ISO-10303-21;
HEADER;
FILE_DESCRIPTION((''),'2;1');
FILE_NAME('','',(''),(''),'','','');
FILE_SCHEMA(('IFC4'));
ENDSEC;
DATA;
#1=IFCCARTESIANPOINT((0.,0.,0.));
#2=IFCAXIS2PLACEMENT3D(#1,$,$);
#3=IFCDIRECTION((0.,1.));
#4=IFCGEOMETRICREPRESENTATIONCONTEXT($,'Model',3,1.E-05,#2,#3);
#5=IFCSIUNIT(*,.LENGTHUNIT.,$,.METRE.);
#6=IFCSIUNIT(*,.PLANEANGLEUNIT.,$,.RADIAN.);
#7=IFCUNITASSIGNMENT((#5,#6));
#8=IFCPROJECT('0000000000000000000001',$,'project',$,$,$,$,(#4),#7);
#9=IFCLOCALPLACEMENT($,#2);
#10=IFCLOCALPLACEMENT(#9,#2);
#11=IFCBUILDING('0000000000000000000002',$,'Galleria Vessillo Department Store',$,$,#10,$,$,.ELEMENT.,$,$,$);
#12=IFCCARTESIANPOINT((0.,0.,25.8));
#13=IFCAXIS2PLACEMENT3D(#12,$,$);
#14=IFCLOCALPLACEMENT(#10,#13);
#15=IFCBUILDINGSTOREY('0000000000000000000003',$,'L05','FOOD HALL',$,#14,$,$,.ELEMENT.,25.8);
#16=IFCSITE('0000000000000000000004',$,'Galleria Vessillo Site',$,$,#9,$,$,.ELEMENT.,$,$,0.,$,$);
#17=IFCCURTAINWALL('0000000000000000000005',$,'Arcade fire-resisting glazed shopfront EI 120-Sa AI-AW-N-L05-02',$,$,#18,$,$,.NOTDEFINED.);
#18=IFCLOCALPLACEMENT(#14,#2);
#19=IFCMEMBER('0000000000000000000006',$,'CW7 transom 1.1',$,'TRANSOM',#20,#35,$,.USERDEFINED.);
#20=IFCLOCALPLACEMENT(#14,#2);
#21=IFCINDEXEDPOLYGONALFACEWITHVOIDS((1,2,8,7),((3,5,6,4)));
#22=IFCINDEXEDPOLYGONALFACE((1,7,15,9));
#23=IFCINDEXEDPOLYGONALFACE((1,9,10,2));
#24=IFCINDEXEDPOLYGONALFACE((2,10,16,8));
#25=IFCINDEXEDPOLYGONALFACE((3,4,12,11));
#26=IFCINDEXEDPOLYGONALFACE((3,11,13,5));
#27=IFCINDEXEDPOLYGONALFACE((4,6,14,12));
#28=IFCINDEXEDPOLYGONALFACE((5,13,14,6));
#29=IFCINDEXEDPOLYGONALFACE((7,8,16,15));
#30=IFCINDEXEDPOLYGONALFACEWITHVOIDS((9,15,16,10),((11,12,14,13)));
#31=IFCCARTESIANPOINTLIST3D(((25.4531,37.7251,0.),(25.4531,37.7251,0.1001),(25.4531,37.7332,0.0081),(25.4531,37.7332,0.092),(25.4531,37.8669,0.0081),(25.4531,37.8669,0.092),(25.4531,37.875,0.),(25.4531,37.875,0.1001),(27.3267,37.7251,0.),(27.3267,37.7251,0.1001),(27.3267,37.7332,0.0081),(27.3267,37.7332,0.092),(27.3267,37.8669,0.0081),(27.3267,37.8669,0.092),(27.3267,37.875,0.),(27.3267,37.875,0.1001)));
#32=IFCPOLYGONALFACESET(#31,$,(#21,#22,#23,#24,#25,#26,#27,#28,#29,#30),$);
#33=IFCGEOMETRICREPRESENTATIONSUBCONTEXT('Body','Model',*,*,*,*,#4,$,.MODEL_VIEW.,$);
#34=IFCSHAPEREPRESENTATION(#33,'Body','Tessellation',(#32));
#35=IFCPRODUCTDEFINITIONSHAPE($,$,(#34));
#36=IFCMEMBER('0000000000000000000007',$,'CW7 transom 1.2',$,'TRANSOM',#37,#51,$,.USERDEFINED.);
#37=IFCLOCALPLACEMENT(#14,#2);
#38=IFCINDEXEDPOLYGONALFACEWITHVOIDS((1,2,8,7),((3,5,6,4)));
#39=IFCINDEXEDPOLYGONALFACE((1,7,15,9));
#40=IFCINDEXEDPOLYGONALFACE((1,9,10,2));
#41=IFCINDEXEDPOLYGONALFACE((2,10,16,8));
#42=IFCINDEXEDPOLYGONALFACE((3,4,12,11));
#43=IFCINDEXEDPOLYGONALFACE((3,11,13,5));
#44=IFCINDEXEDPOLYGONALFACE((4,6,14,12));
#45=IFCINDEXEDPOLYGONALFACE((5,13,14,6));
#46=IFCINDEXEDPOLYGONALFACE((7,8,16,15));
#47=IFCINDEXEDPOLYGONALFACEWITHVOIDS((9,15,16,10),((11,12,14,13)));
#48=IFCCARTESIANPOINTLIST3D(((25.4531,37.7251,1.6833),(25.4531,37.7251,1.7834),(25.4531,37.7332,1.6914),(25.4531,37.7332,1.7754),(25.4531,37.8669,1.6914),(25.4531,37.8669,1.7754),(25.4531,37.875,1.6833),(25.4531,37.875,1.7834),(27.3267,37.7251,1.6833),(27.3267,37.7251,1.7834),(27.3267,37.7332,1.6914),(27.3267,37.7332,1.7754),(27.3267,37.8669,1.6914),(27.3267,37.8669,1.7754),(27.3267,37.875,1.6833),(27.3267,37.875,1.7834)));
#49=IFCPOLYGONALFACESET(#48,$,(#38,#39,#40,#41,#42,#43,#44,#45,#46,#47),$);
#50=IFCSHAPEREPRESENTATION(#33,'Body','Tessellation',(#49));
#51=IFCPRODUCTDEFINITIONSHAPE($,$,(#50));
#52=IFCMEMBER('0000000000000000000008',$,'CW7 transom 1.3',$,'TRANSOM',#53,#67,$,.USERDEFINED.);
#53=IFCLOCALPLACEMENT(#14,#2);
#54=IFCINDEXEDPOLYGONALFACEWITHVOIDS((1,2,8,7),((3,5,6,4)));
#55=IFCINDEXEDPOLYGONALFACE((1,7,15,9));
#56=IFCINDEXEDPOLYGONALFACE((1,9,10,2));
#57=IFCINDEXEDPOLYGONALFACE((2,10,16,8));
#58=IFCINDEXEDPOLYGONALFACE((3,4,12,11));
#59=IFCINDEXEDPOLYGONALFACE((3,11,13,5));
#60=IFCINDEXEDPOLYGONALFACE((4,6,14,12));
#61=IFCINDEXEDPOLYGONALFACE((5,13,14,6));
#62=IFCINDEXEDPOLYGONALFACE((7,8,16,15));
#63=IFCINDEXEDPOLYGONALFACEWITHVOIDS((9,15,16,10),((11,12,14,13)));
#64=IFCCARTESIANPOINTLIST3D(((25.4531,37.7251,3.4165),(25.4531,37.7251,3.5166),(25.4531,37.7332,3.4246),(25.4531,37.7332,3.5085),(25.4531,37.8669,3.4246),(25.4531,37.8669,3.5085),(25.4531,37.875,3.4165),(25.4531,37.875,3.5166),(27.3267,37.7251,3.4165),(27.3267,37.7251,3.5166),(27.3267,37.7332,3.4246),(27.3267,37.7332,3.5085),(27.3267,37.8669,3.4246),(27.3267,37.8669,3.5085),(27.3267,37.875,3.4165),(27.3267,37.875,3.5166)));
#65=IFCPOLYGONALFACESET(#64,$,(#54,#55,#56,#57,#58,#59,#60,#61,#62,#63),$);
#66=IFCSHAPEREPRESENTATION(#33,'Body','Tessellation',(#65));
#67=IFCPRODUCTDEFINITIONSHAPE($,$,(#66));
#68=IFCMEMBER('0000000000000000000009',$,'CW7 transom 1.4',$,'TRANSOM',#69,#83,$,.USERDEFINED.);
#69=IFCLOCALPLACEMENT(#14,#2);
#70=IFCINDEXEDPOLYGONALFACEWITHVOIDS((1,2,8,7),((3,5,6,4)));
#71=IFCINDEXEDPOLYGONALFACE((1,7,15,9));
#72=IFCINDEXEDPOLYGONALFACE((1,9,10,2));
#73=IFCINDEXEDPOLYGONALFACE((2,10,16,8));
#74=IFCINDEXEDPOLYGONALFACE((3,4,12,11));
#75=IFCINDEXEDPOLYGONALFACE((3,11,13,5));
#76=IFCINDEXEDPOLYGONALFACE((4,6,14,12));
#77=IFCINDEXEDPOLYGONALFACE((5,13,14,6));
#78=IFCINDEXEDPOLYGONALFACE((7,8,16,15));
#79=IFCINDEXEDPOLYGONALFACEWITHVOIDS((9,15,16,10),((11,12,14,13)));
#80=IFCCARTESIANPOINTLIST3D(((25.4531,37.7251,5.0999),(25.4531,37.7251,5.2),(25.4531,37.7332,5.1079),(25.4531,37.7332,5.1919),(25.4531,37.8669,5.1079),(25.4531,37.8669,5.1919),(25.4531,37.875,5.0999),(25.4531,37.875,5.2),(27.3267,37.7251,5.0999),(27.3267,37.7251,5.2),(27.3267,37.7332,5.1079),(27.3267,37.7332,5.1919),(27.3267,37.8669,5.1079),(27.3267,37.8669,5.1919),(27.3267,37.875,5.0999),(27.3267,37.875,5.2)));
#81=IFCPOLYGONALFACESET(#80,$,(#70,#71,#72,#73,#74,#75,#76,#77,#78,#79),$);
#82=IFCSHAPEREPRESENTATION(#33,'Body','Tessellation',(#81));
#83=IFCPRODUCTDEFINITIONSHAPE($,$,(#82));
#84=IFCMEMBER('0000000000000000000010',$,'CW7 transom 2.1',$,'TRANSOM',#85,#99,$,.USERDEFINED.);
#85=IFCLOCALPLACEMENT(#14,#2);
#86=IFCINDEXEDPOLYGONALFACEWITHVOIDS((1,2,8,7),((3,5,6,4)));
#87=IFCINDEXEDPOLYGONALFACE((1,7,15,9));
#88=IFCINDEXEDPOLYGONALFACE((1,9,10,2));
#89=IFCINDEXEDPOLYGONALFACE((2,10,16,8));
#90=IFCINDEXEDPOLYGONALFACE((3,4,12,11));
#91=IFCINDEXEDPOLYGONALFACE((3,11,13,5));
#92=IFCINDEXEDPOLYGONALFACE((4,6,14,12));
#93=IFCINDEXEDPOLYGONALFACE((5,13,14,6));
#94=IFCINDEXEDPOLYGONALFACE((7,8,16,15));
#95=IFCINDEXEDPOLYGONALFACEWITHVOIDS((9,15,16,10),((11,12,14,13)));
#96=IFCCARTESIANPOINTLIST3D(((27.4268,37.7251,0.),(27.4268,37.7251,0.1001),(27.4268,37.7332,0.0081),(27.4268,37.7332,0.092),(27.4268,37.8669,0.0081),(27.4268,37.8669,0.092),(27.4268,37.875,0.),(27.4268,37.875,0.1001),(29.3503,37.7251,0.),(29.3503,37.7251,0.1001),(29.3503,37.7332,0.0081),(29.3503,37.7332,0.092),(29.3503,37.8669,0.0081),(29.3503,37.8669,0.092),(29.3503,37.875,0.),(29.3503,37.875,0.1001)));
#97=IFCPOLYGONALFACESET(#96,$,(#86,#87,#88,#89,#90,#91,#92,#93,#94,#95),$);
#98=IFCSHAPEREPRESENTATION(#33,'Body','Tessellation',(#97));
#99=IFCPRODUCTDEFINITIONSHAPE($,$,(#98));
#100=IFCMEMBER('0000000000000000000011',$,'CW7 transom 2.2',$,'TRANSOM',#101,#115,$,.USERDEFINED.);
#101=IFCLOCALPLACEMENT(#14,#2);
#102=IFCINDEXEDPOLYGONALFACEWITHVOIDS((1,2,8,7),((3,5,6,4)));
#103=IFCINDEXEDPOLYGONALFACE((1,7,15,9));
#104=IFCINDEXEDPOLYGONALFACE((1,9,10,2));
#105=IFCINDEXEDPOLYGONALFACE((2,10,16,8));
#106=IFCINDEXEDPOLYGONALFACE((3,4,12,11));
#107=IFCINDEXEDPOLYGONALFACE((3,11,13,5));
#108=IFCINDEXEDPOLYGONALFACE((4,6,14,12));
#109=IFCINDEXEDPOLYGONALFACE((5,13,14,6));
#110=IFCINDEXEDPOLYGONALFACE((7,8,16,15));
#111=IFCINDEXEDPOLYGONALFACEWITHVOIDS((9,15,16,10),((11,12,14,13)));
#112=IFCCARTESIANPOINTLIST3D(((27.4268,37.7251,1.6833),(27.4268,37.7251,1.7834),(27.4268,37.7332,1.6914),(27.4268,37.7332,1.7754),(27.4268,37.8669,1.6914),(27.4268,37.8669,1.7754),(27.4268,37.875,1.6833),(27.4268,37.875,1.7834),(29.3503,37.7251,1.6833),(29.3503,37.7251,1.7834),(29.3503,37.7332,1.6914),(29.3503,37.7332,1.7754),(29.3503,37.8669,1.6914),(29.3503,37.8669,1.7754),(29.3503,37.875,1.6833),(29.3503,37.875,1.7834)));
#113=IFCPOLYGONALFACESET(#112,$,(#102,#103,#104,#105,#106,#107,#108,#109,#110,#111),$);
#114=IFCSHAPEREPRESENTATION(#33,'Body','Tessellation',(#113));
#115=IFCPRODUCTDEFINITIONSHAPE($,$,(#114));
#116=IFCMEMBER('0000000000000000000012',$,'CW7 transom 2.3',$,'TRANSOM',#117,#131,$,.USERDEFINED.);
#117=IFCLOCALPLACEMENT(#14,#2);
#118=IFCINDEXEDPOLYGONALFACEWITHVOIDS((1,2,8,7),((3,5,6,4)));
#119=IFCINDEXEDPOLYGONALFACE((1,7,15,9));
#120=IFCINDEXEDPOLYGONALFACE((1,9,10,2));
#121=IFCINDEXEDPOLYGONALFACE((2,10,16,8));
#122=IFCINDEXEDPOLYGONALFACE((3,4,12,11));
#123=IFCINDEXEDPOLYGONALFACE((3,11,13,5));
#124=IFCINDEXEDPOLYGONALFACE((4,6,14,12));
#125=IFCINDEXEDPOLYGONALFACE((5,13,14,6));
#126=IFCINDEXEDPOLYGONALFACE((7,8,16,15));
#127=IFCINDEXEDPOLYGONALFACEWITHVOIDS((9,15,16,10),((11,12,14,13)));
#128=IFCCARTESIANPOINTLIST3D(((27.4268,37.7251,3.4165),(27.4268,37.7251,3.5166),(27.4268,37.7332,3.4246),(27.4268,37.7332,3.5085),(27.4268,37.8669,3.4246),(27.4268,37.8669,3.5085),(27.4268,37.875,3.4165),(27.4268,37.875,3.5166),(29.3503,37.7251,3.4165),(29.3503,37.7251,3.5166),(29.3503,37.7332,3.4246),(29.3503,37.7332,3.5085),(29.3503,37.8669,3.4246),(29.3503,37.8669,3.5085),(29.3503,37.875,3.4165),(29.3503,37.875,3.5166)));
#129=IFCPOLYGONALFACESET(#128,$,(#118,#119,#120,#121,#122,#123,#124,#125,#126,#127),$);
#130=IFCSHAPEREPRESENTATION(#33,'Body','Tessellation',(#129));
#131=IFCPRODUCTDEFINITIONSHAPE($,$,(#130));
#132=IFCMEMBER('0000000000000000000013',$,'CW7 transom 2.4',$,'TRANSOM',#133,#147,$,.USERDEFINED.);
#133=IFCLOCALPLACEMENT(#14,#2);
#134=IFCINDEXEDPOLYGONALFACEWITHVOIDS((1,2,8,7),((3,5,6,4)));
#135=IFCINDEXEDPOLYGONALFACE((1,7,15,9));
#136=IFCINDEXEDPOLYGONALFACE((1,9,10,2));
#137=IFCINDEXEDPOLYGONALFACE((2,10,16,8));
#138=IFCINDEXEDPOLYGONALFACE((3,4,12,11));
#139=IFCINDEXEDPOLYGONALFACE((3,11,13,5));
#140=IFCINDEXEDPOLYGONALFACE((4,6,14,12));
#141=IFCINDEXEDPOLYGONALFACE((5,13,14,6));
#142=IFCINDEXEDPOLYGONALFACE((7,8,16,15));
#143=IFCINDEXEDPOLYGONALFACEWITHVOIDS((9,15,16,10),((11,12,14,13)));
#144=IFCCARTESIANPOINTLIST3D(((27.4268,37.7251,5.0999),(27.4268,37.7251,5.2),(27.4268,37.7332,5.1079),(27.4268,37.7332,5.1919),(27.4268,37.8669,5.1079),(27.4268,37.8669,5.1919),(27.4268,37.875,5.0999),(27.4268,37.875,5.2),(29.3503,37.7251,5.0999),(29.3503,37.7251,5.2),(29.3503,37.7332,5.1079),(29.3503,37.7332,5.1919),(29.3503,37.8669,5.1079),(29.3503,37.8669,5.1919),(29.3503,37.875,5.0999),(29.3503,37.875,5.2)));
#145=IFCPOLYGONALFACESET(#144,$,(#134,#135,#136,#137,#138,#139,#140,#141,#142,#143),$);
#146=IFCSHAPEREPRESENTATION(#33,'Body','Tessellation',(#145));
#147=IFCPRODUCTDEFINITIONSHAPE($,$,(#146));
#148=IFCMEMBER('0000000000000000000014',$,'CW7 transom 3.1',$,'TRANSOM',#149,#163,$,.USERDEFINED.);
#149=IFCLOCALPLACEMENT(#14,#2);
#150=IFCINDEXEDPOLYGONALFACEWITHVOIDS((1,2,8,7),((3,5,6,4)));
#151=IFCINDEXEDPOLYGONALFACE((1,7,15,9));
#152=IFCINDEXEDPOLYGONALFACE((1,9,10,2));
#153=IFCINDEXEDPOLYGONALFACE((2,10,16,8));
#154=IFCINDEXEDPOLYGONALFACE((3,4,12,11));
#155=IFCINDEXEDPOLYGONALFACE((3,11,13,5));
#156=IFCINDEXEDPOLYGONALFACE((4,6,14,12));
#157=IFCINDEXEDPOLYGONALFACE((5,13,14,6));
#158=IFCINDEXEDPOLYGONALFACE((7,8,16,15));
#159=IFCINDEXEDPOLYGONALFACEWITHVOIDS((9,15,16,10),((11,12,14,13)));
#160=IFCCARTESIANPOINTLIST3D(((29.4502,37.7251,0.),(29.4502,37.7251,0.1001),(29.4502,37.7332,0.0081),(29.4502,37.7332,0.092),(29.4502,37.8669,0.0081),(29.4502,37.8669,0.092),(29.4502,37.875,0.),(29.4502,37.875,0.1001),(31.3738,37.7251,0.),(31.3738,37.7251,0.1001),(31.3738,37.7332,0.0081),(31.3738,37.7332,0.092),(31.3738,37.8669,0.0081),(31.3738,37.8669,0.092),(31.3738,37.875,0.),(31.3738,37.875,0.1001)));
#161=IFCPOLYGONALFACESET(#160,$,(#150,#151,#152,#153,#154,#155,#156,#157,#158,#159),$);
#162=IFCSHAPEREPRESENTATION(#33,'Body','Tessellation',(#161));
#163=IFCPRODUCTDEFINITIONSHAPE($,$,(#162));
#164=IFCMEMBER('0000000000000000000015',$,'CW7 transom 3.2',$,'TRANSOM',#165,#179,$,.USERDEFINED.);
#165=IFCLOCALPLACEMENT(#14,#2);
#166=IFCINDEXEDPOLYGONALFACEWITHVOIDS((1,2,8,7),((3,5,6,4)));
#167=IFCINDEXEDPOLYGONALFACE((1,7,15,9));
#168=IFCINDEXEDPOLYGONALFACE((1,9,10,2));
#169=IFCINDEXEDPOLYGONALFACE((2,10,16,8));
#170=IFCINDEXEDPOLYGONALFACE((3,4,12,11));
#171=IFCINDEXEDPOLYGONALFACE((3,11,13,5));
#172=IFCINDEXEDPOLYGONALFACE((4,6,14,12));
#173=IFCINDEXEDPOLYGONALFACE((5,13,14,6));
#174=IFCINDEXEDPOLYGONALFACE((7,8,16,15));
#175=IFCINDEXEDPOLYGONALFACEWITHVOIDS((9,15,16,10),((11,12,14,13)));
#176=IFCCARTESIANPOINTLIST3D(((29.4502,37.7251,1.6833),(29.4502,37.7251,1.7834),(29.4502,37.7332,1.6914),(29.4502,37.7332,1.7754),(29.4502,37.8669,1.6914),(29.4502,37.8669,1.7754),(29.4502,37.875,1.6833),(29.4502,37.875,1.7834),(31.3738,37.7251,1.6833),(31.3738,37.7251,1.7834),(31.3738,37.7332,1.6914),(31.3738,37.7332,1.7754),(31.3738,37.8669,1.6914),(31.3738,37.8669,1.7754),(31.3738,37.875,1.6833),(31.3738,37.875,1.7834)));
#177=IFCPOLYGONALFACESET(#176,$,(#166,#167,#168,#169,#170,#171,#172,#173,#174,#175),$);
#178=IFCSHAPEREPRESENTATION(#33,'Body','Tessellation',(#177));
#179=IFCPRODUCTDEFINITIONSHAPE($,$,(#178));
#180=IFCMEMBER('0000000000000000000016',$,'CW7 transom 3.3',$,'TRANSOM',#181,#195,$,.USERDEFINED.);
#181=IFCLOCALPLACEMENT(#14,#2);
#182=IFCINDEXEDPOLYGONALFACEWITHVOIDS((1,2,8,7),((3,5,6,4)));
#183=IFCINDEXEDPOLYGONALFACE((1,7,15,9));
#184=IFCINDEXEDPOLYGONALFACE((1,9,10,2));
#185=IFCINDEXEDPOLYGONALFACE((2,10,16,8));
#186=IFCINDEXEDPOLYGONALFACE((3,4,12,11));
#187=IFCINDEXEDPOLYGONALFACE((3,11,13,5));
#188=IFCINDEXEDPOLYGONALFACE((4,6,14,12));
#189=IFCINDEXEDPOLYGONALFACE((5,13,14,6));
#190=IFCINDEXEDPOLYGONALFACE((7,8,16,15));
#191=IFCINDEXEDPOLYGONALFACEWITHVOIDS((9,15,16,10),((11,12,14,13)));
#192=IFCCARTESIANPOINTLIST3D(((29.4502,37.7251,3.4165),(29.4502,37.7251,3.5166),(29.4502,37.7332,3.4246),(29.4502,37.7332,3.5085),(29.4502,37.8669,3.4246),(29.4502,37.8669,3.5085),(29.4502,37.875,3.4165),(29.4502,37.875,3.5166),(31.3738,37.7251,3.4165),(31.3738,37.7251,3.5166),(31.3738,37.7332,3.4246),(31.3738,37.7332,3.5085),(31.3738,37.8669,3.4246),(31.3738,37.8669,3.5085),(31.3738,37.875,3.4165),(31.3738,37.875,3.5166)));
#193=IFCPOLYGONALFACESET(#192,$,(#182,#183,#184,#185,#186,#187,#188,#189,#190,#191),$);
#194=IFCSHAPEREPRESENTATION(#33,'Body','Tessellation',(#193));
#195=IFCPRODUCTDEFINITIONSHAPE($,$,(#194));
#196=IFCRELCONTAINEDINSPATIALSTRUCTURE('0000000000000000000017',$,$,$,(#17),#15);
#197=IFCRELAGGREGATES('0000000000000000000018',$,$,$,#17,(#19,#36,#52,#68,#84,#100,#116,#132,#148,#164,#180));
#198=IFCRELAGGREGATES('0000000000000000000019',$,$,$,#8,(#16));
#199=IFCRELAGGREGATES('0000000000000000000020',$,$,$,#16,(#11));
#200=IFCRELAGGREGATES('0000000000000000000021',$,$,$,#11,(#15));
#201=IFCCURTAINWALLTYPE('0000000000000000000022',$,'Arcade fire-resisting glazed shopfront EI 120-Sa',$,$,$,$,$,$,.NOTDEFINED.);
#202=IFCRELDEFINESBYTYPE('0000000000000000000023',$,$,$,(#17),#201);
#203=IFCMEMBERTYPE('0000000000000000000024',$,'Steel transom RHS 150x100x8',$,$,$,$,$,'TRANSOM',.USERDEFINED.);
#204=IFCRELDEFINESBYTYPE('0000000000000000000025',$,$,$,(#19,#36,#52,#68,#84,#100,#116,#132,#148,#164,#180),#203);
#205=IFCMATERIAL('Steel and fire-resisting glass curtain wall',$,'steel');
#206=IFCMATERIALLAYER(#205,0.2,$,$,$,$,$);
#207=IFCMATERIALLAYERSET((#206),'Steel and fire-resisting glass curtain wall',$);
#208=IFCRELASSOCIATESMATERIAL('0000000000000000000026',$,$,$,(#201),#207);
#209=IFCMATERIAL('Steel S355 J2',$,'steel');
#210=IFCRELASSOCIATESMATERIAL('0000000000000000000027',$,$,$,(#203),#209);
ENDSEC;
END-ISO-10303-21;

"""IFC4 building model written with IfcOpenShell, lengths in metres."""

from ifc_helpers import new_model, si_unit, direction, frame, origin, origin_2d, place, context, subcontext, project, spatial, hollow_rectangle, extrude, material, layer, layer_set, material_profile, profile_set, type_object, element, aggregate, save


model = new_model("IFC4")

# Units and contexts
model_context = context("Model", 3, precision=1e-05, world=origin(), true_north=direction((0.0, 1.0)))
body_context = subcontext(model_context, "Body", "Model", "MODEL_VIEW")
ifc_project = project(units=[si_unit("LENGTHUNIT", "METRE"), si_unit("PLANEANGLEUNIT", "RADIAN")], contexts=[model_context])

# Site, building, storey
site_placement = place(None, origin())
site = spatial("IfcSite", under=ifc_project, at=site_placement, Name="Galleria Vessillo Site", CompositionType="ELEMENT", RefElevation=0.0)
building_placement = place(site_placement, origin())
building = spatial("IfcBuilding", under=site, at=building_placement, Name="Galleria Vessillo Department Store", CompositionType="ELEMENT")
storey_placement = place(building_placement, frame((0.0, 0.0, 25.8)))
storey = spatial("IfcBuildingStorey", under=building, at=storey_placement, Name="L05", Description="FOOD HALL", CompositionType="ELEMENT", Elevation=25.8)

# Curtain wall
ifc_material_1 = material(Name="Steel and fire-resisting glass curtain wall", Category="steel")
ifc_layer_1 = layer(ifc_material_1, 0.2)
ifc_layer_set_1 = layer_set([ifc_layer_1], Name="Steel and fire-resisting glass curtain wall")
curtain_wall_type = type_object("IfcCurtainWallType", Name="Arcade fire-resisting glazed shopfront EI 120-Sa", PredefinedType="NOTDEFINED", material=ifc_layer_set_1)
curtain_wall_1_placement = place(storey_placement, origin())
curtain_wall_1 = element("IfcCurtainWall", 1, at=curtain_wall_1_placement, inside=storey, type_object=curtain_wall_type, Name="Arcade fire-resisting glazed shopfront EI 120-Sa AI-AW-N-L05-02", PredefinedType="NOTDEFINED")

# Shared definitions
ifc_material_2 = material(Name="Steel S355 J2", Category="steel")
ifc_material_profile_1 = material_profile(ifc_material_2, hollow_rectangle(XDim=0.1499, YDim=0.1001, WallThickness=0.0081, at=origin_2d()), Name="RHS 150x100x8")
ifc_profile_set_1 = profile_set([ifc_material_profile_1], Name="Steel S355 J2")
member_type_1 = type_object("IfcMemberType", Name="Steel transom RHS 150x100x8", ElementType="TRANSOM", PredefinedType="USERDEFINED", material=ifc_profile_set_1)

# Members
member_1_placement = place(storey_placement, frame((25.4531, 37.8, 0.05), z_axis=(1.0, 0.0, 0.0), x_axis=(0.0, 1.0, 0.0)))
member_1 = element("IfcMember", 2, at=member_1_placement, type_object=member_type_1, Name="CW7 transom 1.1", ObjectType="TRANSOM", PredefinedType="USERDEFINED", context=body_context, shape_type="SweptSolid", body=[
    extrude(hollow_rectangle(XDim=0.1499, YDim=0.1001, WallThickness=0.0081, at=origin_2d()), origin(), (0.0, 0.0, 1.0), 1.8735),
])
member_2_placement = place(storey_placement, frame((25.4531, 37.8, 1.7334), z_axis=(1.0, 0.0, 0.0), x_axis=(0.0, 1.0, 0.0)))
member_2 = element("IfcMember", 3, at=member_2_placement, type_object=member_type_1, Name="CW7 transom 1.2", ObjectType="TRANSOM", PredefinedType="USERDEFINED", context=body_context, shape_type="SweptSolid", body=[
    extrude(hollow_rectangle(XDim=0.1499, YDim=0.1001, WallThickness=0.0081, at=origin_2d()), origin(), (0.0, 0.0, 1.0), 1.8735),
])
member_3_placement = place(storey_placement, frame((25.4531, 37.8, 3.4666), z_axis=(1.0, 0.0, 0.0), x_axis=(0.0, 1.0, 0.0)))
member_3 = element("IfcMember", 4, at=member_3_placement, type_object=member_type_1, Name="CW7 transom 1.3", ObjectType="TRANSOM", PredefinedType="USERDEFINED", context=body_context, shape_type="SweptSolid", body=[
    extrude(hollow_rectangle(XDim=0.1499, YDim=0.1001, WallThickness=0.0081, at=origin_2d()), origin(), (0.0, 0.0, 1.0), 1.8735),
])
member_4_placement = place(storey_placement, frame((25.4531, 37.8, 5.1499), z_axis=(1.0, 0.0, 0.0), x_axis=(0.0, 1.0, 0.0)))
member_4 = element("IfcMember", 5, at=member_4_placement, type_object=member_type_1, Name="CW7 transom 1.4", ObjectType="TRANSOM", PredefinedType="USERDEFINED", context=body_context, shape_type="SweptSolid", body=[
    extrude(hollow_rectangle(XDim=0.1499, YDim=0.1001, WallThickness=0.0081, at=origin_2d()), origin(), (0.0, 0.0, 1.0), 1.8735),
])
member_5_placement = place(storey_placement, frame((27.4268, 37.8, 0.05), z_axis=(1.0, 0.0, 0.0), x_axis=(0.0, 1.0, 0.0)))
member_5 = element("IfcMember", 6, at=member_5_placement, type_object=member_type_1, Name="CW7 transom 2.1", ObjectType="TRANSOM", PredefinedType="USERDEFINED", context=body_context, shape_type="SweptSolid", body=[
    extrude(hollow_rectangle(XDim=0.1499, YDim=0.1001, WallThickness=0.0081, at=origin_2d()), origin(), (0.0, 0.0, 1.0), 1.9236),
])
member_6_placement = place(storey_placement, frame((27.4268, 37.8, 1.7334), z_axis=(1.0, 0.0, 0.0), x_axis=(0.0, 1.0, 0.0)))
member_6 = element("IfcMember", 7, at=member_6_placement, type_object=member_type_1, Name="CW7 transom 2.2", ObjectType="TRANSOM", PredefinedType="USERDEFINED", context=body_context, shape_type="SweptSolid", body=[
    extrude(hollow_rectangle(XDim=0.1499, YDim=0.1001, WallThickness=0.0081, at=origin_2d()), origin(), (0.0, 0.0, 1.0), 1.9236),
])
member_7_placement = place(storey_placement, frame((27.4268, 37.8, 3.4666), z_axis=(1.0, 0.0, 0.0), x_axis=(0.0, 1.0, 0.0)))
member_7 = element("IfcMember", 8, at=member_7_placement, type_object=member_type_1, Name="CW7 transom 2.3", ObjectType="TRANSOM", PredefinedType="USERDEFINED", context=body_context, shape_type="SweptSolid", body=[
    extrude(hollow_rectangle(XDim=0.1499, YDim=0.1001, WallThickness=0.0081, at=origin_2d()), origin(), (0.0, 0.0, 1.0), 1.9236),
])
member_8_placement = place(storey_placement, frame((27.4268, 37.8, 5.1499), z_axis=(1.0, 0.0, 0.0), x_axis=(0.0, 1.0, 0.0)))
member_8 = element("IfcMember", 9, at=member_8_placement, type_object=member_type_1, Name="CW7 transom 2.4", ObjectType="TRANSOM", PredefinedType="USERDEFINED", context=body_context, shape_type="SweptSolid", body=[
    extrude(hollow_rectangle(XDim=0.1499, YDim=0.1001, WallThickness=0.0081, at=origin_2d()), origin(), (0.0, 0.0, 1.0), 1.9236),
])
member_9_placement = place(storey_placement, frame((29.4502, 37.8, 0.05), z_axis=(1.0, 0.0, 0.0), x_axis=(0.0, 1.0, 0.0)))
member_9 = element("IfcMember", 10, at=member_9_placement, type_object=member_type_1, Name="CW7 transom 3.1", ObjectType="TRANSOM", PredefinedType="USERDEFINED", context=body_context, shape_type="SweptSolid", body=[
    extrude(hollow_rectangle(XDim=0.1499, YDim=0.1001, WallThickness=0.0081, at=origin_2d()), origin(), (0.0, 0.0, 1.0), 1.9236),
])
member_10_placement = place(storey_placement, frame((29.4502, 37.8, 1.7334), z_axis=(1.0, 0.0, 0.0), x_axis=(0.0, 1.0, 0.0)))
member_10 = element("IfcMember", 11, at=member_10_placement, type_object=member_type_1, Name="CW7 transom 3.2", ObjectType="TRANSOM", PredefinedType="USERDEFINED", context=body_context, shape_type="SweptSolid", body=[
    extrude(hollow_rectangle(XDim=0.1499, YDim=0.1001, WallThickness=0.0081, at=origin_2d()), origin(), (0.0, 0.0, 1.0), 1.9236),
])
member_11_placement = place(storey_placement, frame((29.4502, 37.8, 3.4666), z_axis=(1.0, 0.0, 0.0), x_axis=(0.0, 1.0, 0.0)))
member_11 = element("IfcMember", 12, at=member_11_placement, type_object=member_type_1, Name="CW7 transom 3.3", ObjectType="TRANSOM", PredefinedType="USERDEFINED", context=body_context, shape_type="SweptSolid", body=[
    extrude(hollow_rectangle(XDim=0.1499, YDim=0.1001, WallThickness=0.0081, at=origin_2d()), origin(), (0.0, 0.0, 1.0), 1.9236),
])

aggregate(curtain_wall_1, [member_1, member_2, member_3, member_4, member_5, member_6, member_7, member_8, member_9, member_10, member_11])

save(model, "model.ifc")
